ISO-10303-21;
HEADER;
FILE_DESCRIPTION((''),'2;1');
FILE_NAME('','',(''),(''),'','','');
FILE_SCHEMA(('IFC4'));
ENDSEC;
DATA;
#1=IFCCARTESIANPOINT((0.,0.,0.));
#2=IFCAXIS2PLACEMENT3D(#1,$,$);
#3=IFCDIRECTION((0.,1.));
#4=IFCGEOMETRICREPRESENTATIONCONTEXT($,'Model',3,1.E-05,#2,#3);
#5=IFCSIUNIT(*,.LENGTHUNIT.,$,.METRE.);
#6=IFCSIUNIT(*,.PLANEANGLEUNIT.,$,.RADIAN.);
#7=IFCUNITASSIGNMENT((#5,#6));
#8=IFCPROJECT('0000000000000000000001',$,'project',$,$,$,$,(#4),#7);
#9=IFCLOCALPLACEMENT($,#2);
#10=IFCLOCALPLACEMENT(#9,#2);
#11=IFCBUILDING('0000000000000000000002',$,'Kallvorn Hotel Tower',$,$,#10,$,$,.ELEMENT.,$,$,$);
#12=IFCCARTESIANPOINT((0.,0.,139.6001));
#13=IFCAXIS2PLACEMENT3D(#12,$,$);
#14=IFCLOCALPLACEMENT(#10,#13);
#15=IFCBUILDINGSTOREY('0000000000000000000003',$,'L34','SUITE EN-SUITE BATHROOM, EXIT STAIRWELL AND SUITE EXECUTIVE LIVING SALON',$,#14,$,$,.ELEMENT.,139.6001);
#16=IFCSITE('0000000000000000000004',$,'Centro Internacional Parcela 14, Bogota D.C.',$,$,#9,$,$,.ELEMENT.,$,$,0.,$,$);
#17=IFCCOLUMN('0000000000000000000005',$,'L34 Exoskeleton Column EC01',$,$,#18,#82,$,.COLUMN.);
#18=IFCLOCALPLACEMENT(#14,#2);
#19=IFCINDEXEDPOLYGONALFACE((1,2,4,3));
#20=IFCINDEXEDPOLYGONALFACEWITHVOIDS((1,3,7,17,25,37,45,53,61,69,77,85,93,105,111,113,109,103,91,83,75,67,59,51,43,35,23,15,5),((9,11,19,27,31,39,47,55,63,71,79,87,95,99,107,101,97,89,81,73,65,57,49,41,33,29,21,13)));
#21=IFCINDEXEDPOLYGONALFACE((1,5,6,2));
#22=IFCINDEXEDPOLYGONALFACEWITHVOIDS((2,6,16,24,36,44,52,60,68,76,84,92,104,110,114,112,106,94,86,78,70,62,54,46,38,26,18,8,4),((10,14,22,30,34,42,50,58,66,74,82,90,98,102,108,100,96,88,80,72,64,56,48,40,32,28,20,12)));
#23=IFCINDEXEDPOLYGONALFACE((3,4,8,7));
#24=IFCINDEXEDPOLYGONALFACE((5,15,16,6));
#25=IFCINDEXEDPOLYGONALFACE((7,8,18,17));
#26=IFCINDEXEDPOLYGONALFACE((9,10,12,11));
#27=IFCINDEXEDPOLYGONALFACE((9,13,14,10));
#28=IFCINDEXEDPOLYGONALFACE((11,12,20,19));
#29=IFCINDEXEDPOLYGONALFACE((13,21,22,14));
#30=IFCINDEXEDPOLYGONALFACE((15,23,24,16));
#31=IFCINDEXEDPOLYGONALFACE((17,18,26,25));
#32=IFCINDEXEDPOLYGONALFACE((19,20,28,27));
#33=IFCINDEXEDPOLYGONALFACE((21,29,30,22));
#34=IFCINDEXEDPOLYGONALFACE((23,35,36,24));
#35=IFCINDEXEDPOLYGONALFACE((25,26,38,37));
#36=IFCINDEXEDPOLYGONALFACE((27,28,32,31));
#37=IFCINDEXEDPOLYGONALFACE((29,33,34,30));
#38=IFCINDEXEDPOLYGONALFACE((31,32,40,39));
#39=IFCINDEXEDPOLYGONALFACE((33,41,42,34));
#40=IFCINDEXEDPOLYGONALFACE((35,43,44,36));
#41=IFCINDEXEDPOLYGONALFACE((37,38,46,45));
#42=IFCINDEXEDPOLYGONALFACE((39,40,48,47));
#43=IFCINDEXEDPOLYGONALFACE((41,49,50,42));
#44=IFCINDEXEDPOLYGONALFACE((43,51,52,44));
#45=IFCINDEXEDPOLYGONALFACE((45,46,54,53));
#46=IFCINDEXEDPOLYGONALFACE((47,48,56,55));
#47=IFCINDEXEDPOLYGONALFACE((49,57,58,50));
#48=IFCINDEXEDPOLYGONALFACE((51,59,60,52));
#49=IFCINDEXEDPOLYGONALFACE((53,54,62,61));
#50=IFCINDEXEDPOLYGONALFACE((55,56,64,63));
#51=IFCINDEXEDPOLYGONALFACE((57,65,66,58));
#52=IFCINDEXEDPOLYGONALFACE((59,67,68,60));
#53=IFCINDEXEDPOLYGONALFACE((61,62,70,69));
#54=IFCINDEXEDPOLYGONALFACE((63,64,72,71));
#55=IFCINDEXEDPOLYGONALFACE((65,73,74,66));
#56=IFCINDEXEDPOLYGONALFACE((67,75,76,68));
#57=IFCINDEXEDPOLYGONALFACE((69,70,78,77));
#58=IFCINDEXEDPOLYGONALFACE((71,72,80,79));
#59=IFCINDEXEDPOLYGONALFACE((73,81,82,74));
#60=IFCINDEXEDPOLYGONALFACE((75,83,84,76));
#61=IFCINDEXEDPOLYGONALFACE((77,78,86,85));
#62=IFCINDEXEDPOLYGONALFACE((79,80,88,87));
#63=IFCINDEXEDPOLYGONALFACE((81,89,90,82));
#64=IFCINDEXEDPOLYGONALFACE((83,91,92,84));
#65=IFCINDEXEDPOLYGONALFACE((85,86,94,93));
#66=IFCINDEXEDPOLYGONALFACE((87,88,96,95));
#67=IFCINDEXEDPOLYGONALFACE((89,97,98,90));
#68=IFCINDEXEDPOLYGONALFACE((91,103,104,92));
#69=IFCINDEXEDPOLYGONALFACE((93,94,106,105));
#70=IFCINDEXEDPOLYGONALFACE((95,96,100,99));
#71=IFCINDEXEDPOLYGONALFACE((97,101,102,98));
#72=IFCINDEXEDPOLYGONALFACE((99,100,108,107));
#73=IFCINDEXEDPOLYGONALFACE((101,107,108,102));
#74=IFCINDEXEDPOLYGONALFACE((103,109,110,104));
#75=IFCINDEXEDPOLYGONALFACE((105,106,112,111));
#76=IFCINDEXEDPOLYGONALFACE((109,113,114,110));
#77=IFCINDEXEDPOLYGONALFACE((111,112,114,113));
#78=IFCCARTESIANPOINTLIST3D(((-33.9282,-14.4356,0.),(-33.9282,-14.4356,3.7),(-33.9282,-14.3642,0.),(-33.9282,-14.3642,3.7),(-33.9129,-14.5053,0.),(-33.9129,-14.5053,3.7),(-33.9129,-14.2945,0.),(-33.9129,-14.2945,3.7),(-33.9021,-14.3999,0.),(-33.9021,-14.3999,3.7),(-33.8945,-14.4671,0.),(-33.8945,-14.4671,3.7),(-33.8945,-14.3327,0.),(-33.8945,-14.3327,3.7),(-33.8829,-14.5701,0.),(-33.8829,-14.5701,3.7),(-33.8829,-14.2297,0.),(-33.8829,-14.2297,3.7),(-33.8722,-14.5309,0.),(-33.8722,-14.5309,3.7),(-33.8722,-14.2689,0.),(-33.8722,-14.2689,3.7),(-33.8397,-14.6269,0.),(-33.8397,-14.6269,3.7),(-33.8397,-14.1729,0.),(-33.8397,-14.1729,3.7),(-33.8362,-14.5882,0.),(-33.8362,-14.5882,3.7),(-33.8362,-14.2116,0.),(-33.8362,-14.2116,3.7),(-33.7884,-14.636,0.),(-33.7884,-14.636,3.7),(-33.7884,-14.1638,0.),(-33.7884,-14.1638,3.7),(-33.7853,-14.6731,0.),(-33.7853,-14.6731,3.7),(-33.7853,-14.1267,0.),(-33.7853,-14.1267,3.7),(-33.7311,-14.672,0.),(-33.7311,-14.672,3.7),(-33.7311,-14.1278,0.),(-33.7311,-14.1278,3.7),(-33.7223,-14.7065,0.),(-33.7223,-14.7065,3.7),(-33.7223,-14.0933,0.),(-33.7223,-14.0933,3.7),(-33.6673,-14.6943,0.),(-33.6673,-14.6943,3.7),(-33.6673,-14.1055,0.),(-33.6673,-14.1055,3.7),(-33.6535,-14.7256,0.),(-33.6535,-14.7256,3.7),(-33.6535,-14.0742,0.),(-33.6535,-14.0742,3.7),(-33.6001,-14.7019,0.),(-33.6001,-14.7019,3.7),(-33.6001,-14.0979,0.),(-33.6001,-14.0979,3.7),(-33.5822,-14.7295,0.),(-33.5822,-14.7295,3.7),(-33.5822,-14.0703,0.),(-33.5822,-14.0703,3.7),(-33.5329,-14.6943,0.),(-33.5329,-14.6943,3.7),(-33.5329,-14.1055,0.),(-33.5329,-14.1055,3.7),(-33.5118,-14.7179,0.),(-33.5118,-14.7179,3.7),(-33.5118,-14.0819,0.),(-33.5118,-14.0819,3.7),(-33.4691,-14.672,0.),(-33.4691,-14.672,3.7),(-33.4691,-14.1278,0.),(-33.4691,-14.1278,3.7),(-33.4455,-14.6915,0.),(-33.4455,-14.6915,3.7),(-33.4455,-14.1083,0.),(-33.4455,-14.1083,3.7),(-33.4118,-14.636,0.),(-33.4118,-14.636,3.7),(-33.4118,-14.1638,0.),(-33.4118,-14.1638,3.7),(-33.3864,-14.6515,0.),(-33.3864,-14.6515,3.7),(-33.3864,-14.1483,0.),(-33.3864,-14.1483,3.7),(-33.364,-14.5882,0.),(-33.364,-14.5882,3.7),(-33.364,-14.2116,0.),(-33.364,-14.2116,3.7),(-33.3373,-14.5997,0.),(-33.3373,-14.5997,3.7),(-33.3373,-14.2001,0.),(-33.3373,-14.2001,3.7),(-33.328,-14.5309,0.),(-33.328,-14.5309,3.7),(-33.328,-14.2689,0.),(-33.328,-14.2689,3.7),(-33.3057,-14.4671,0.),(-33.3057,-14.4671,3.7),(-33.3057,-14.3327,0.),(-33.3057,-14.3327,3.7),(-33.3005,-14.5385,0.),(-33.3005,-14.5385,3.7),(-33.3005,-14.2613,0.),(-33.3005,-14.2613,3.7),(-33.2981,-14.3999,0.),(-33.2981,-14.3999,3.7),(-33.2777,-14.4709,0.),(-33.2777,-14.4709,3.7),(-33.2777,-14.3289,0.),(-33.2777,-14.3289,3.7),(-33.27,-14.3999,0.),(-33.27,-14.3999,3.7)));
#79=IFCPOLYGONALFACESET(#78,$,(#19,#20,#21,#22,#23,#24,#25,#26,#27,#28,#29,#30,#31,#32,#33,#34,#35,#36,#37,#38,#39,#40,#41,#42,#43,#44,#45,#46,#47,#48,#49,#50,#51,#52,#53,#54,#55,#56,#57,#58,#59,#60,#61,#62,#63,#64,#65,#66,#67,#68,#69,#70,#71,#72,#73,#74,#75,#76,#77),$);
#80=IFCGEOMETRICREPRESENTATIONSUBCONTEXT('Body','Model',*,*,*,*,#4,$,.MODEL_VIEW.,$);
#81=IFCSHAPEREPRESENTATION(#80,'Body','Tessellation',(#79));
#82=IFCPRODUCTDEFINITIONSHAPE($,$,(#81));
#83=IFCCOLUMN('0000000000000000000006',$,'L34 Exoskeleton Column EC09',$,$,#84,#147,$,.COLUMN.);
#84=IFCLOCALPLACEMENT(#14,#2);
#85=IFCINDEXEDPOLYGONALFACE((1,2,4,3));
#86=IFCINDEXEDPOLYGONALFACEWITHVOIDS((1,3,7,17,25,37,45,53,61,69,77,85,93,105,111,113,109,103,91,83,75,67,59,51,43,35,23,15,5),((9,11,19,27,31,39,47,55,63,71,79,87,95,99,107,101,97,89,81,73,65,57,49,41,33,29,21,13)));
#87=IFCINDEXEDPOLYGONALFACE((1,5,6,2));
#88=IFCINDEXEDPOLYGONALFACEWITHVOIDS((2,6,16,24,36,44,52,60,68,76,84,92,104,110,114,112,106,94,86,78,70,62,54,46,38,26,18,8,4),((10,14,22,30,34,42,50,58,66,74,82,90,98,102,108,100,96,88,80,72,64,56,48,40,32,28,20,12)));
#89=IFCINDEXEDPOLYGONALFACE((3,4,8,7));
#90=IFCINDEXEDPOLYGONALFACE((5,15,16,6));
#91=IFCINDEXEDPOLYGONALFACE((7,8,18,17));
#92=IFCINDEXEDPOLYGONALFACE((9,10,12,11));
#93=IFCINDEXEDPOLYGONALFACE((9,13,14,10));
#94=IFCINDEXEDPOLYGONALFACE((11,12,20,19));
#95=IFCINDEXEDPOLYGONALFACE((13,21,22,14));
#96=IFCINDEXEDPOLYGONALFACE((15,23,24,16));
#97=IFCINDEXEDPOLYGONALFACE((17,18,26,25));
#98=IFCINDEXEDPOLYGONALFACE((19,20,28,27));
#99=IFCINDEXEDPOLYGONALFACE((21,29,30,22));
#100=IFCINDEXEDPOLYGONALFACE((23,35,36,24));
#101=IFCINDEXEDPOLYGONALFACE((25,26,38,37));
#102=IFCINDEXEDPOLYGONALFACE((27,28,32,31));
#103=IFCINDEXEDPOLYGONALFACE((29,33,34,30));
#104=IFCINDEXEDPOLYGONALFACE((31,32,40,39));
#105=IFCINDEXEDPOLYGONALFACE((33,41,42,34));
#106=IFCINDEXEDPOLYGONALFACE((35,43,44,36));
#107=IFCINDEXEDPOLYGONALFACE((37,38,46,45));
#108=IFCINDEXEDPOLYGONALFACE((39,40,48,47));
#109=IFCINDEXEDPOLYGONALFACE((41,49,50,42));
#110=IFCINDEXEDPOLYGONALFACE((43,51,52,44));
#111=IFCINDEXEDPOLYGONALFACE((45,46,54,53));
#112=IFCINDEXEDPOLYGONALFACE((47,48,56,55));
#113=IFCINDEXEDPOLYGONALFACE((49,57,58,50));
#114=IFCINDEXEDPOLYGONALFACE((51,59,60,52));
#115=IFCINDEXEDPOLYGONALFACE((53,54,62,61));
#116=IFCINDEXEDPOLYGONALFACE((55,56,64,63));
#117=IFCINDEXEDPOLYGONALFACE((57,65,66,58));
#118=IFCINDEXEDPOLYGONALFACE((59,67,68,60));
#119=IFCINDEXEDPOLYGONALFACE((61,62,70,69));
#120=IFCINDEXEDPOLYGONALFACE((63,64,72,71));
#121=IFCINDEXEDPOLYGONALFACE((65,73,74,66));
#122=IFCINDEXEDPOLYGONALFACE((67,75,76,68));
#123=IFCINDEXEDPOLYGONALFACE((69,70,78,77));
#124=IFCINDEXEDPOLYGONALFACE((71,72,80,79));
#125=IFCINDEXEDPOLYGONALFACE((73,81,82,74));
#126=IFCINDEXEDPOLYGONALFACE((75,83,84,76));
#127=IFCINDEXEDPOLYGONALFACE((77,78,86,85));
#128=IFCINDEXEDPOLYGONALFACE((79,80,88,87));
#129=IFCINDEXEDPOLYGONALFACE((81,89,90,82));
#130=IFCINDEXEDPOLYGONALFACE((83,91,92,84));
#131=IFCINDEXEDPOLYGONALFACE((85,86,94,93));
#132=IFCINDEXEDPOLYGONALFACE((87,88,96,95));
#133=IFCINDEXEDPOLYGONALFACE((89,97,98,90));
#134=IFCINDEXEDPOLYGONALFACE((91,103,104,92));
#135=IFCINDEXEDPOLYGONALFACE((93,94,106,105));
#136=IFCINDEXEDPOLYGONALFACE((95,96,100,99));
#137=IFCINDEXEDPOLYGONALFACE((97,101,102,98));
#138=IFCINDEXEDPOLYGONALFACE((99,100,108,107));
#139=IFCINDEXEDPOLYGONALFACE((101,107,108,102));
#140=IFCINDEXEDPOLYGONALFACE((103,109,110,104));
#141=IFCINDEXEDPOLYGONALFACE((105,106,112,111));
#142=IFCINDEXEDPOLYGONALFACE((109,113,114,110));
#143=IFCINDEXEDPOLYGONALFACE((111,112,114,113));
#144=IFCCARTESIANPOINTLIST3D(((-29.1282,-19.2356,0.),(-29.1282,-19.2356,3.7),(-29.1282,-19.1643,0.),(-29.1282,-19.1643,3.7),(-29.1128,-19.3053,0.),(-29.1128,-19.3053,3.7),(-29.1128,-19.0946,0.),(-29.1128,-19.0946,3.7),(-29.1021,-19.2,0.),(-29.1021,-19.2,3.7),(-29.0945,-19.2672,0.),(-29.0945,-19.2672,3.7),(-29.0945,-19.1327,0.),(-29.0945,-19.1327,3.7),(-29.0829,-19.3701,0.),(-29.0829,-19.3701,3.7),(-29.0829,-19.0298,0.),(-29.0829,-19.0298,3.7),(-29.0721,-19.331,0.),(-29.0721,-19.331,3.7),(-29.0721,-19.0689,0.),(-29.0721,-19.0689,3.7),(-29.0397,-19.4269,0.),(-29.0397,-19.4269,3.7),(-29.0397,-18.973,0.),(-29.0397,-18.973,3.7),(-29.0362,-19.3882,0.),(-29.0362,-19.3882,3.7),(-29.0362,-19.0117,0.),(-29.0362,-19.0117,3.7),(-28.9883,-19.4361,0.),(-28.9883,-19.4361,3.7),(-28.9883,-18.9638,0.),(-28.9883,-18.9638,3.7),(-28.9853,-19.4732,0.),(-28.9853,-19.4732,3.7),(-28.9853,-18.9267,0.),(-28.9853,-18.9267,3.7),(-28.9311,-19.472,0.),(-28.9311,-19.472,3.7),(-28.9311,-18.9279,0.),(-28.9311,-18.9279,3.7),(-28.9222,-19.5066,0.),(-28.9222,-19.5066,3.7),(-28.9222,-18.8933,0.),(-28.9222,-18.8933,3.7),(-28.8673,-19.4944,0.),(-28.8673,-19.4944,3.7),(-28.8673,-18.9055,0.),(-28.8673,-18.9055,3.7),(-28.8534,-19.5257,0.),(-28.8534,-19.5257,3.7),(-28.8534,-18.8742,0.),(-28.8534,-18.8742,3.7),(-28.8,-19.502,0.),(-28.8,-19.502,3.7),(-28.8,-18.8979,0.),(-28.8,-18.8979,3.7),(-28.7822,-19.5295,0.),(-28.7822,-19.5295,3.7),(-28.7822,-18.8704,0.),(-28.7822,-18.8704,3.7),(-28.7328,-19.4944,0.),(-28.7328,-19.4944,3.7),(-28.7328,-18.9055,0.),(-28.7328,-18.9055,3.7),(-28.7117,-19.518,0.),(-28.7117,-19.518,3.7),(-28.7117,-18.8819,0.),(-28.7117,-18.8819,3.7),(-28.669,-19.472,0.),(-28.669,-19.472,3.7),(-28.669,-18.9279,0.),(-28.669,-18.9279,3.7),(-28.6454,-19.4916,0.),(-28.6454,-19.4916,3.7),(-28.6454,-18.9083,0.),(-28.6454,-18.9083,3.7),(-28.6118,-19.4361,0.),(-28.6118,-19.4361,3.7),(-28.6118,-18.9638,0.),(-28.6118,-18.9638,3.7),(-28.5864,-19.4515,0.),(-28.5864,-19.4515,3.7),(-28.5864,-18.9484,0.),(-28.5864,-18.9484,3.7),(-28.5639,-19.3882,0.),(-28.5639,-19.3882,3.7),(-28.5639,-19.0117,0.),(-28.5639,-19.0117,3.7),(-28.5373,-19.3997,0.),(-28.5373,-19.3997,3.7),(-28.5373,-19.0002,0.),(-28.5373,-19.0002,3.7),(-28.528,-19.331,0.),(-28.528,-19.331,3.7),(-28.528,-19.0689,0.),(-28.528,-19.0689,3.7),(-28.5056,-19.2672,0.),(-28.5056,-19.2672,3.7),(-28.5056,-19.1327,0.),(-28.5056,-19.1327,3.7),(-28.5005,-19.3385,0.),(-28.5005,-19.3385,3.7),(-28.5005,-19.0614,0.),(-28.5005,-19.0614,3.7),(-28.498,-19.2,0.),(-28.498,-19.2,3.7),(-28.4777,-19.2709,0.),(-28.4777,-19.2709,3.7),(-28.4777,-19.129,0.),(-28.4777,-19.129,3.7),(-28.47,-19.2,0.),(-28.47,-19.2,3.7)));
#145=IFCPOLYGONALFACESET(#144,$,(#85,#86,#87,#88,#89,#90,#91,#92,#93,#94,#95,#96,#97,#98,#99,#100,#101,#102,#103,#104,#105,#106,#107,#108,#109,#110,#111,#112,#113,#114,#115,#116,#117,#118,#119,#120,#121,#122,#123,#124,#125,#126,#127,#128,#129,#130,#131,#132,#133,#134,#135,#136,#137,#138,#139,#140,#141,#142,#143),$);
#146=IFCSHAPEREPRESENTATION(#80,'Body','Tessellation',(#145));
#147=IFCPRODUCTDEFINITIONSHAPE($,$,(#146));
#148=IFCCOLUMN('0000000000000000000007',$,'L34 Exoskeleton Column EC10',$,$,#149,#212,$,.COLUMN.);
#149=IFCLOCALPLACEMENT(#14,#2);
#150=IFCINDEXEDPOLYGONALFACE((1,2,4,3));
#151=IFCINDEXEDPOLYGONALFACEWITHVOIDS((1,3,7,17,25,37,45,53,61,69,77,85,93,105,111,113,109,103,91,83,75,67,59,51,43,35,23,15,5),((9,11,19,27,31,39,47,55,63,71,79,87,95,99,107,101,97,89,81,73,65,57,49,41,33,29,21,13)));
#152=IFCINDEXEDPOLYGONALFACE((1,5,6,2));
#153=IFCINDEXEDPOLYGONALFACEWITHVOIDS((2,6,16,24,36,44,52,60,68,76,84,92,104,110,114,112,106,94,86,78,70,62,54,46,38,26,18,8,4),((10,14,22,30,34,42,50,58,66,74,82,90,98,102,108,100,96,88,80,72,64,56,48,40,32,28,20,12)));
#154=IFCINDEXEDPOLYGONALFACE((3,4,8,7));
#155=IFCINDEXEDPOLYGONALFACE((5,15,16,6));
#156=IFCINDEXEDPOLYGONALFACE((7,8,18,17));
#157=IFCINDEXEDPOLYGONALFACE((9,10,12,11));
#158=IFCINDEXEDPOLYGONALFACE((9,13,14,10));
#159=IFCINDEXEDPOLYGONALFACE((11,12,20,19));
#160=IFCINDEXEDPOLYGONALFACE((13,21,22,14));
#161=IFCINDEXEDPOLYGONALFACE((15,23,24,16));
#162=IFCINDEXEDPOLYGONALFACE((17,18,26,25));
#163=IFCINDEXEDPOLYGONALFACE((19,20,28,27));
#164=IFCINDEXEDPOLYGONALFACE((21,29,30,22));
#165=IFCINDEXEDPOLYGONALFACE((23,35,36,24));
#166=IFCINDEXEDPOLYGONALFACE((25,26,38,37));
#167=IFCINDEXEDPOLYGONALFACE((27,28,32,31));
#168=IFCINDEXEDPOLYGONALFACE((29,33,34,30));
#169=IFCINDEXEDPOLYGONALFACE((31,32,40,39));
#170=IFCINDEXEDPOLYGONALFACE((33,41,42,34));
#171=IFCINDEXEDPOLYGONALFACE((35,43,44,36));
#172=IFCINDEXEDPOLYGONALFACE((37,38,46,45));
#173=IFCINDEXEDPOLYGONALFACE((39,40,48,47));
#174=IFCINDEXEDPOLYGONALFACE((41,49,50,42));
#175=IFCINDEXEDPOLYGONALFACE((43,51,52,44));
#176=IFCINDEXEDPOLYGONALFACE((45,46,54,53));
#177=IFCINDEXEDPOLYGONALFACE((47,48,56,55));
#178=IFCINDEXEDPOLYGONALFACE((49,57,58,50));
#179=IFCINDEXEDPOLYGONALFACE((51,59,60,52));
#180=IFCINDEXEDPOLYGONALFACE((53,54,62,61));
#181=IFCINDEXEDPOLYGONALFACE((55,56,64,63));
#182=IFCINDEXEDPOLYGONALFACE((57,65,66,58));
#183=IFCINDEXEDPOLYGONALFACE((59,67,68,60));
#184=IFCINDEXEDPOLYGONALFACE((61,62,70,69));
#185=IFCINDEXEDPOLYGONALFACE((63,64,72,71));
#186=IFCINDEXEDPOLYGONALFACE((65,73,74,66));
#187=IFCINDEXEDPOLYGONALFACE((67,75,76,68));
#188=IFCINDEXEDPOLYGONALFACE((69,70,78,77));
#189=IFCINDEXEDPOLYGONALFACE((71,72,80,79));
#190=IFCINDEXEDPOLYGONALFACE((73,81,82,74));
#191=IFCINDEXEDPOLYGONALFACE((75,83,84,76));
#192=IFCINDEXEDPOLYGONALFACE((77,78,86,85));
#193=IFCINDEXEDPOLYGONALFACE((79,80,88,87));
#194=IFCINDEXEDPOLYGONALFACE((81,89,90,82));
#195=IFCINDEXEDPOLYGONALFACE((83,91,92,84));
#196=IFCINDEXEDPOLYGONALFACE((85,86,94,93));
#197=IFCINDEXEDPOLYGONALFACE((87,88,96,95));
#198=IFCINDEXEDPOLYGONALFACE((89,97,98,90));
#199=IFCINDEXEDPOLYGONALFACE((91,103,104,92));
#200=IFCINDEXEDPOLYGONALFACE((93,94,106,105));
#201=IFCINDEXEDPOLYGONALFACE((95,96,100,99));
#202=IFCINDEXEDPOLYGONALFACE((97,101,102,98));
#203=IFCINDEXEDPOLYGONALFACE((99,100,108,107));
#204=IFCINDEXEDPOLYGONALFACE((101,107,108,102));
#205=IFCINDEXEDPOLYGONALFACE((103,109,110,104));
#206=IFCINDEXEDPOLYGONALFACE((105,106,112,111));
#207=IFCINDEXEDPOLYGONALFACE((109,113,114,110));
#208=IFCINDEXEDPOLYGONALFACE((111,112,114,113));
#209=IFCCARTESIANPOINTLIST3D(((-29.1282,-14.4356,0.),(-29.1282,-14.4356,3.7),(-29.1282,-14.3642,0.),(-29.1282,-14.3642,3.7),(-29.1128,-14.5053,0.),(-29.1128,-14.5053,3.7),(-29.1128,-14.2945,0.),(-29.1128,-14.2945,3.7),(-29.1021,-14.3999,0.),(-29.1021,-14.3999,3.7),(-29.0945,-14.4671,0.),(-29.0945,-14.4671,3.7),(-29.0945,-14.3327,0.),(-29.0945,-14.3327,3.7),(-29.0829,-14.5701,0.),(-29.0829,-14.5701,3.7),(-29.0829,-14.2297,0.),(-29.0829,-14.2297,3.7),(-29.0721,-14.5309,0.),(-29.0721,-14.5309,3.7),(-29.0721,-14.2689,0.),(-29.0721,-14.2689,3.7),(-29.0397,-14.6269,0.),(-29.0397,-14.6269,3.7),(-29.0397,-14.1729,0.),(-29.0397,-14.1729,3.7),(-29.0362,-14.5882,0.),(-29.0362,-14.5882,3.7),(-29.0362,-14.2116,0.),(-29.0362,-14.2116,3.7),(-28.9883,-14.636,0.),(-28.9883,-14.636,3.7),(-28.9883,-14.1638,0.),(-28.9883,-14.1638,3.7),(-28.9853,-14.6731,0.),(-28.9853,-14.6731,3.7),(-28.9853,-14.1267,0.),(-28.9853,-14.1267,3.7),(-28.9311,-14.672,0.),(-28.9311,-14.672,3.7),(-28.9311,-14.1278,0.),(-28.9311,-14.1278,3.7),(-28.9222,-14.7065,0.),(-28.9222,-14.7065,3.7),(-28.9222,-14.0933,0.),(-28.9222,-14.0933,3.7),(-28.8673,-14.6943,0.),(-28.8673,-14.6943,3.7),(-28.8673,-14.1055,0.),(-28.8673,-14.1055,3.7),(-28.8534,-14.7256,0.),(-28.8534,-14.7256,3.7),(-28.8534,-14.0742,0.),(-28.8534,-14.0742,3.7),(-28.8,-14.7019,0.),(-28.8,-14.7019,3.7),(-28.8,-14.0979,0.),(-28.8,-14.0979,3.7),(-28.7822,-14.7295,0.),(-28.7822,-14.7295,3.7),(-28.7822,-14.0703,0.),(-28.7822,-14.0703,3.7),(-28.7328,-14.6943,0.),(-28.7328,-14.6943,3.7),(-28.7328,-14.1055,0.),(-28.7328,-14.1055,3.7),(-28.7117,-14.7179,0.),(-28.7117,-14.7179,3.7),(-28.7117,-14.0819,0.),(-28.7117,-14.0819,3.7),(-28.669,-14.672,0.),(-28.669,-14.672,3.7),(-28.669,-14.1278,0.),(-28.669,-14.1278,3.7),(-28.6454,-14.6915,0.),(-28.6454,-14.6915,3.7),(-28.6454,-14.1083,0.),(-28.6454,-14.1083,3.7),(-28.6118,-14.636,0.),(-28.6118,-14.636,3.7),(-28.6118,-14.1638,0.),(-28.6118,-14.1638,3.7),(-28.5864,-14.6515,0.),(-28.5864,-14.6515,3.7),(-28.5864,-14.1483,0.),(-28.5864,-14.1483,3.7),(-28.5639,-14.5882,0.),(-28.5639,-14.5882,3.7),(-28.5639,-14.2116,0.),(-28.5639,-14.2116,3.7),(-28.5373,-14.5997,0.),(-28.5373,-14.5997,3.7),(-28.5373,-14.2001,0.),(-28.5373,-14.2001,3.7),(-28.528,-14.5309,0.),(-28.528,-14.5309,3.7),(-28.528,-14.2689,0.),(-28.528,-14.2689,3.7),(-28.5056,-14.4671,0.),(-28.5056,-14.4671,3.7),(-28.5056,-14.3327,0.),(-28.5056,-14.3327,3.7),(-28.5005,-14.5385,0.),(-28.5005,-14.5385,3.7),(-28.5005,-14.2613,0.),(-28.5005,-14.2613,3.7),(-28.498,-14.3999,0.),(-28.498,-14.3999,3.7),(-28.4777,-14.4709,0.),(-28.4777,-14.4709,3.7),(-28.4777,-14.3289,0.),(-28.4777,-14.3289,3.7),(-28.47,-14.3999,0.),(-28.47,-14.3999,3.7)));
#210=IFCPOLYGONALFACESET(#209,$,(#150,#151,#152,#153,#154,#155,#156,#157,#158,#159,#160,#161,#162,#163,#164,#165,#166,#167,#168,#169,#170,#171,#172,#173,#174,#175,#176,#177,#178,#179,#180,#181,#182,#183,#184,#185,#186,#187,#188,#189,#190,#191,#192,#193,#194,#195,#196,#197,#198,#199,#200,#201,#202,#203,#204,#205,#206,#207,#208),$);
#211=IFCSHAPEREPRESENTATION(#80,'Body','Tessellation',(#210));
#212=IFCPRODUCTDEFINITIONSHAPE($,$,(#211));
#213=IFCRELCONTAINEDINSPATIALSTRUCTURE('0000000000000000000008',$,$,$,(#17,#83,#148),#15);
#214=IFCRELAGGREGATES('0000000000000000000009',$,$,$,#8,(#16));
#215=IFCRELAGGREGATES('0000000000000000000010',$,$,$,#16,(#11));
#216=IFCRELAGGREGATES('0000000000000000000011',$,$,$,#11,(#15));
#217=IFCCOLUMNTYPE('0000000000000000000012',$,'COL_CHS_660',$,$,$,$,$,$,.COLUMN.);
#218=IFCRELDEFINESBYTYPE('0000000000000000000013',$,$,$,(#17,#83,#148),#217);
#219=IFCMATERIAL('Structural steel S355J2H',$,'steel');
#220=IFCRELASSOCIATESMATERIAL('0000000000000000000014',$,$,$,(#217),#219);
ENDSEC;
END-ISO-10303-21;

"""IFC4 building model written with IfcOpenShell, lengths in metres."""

from ifc_helpers import new_model, si_unit, direction, frame, origin, origin_2d, place, context, subcontext, project, spatial, hollow_circle, extrude, material, material_profile, profile_set, type_object, element, save


model = new_model("IFC4")

# Units and contexts
model_context = context("Model", 3, precision=1e-05, world=origin(), true_north=direction((0.0, 1.0)))
body_context = subcontext(model_context, "Body", "Model", "MODEL_VIEW")
ifc_project = project(units=[si_unit("LENGTHUNIT", "METRE"), si_unit("PLANEANGLEUNIT", "RADIAN")], contexts=[model_context])

# Site, building, storey
site_placement = place(None, origin())
site = spatial("IfcSite", under=ifc_project, at=site_placement, Name="Centro Internacional Parcela 14, Bogota D.C.", CompositionType="ELEMENT", RefElevation=0.0)
building_placement = place(site_placement, origin())
building = spatial("IfcBuilding", under=site, at=building_placement, Name="Kallvorn Hotel Tower", CompositionType="ELEMENT")
storey_placement = place(building_placement, frame((0.0, 0.0, 139.6001)))
storey = spatial("IfcBuildingStorey", under=building, at=storey_placement, Name="L34", Description="SUITE EN-SUITE BATHROOM, EXIT STAIRWELL AND SUITE EXECUTIVE LIVING SALON", CompositionType="ELEMENT", Elevation=139.6001)

# Columns
ifc_material_1 = material(Name="Structural steel S355J2H", Category="steel")
ifc_material_profile_1 = material_profile(ifc_material_1, hollow_circle(Radius=0.3301, WallThickness=0.0281, at=origin_2d()), Name="CHS 660x28")
ifc_profile_set_1 = profile_set([ifc_material_profile_1], Name="Structural steel S355J2H")
column_type_1 = type_object("IfcColumnType", Name="COL_CHS_660", PredefinedType="COLUMN", material=ifc_profile_set_1)
for number, where, z_axis, x_axis, name in (
    (1, (-33.6001, -14.3999, 0.0), (0.0, 0.0, 1.0), (1.0, 0.0, 0.0), "L34 Exoskeleton Column EC01"),
    (2, (-28.8, -19.2, 0.0), (0.0, 0.0, 1.0), (1.0, 0.0, 0.0), "L34 Exoskeleton Column EC09"),
    (3, (-28.8, -14.3999, 0.0), (0.0, 0.0, 1.0), (1.0, 0.0, 0.0), "L34 Exoskeleton Column EC10"),
):
    element("IfcColumn", number, at=place(storey_placement, frame(where, z_axis=z_axis, x_axis=x_axis)), inside=storey, type_object=column_type_1, Name=name, PredefinedType="COLUMN", context=body_context, shape_type="SweptSolid", body=[
        extrude(hollow_circle(Radius=0.3301, WallThickness=0.0281, at=origin_2d()), origin(), (0.0, 0.0, 1.0), 3.7),
    ])

save(model, "model.ifc")
